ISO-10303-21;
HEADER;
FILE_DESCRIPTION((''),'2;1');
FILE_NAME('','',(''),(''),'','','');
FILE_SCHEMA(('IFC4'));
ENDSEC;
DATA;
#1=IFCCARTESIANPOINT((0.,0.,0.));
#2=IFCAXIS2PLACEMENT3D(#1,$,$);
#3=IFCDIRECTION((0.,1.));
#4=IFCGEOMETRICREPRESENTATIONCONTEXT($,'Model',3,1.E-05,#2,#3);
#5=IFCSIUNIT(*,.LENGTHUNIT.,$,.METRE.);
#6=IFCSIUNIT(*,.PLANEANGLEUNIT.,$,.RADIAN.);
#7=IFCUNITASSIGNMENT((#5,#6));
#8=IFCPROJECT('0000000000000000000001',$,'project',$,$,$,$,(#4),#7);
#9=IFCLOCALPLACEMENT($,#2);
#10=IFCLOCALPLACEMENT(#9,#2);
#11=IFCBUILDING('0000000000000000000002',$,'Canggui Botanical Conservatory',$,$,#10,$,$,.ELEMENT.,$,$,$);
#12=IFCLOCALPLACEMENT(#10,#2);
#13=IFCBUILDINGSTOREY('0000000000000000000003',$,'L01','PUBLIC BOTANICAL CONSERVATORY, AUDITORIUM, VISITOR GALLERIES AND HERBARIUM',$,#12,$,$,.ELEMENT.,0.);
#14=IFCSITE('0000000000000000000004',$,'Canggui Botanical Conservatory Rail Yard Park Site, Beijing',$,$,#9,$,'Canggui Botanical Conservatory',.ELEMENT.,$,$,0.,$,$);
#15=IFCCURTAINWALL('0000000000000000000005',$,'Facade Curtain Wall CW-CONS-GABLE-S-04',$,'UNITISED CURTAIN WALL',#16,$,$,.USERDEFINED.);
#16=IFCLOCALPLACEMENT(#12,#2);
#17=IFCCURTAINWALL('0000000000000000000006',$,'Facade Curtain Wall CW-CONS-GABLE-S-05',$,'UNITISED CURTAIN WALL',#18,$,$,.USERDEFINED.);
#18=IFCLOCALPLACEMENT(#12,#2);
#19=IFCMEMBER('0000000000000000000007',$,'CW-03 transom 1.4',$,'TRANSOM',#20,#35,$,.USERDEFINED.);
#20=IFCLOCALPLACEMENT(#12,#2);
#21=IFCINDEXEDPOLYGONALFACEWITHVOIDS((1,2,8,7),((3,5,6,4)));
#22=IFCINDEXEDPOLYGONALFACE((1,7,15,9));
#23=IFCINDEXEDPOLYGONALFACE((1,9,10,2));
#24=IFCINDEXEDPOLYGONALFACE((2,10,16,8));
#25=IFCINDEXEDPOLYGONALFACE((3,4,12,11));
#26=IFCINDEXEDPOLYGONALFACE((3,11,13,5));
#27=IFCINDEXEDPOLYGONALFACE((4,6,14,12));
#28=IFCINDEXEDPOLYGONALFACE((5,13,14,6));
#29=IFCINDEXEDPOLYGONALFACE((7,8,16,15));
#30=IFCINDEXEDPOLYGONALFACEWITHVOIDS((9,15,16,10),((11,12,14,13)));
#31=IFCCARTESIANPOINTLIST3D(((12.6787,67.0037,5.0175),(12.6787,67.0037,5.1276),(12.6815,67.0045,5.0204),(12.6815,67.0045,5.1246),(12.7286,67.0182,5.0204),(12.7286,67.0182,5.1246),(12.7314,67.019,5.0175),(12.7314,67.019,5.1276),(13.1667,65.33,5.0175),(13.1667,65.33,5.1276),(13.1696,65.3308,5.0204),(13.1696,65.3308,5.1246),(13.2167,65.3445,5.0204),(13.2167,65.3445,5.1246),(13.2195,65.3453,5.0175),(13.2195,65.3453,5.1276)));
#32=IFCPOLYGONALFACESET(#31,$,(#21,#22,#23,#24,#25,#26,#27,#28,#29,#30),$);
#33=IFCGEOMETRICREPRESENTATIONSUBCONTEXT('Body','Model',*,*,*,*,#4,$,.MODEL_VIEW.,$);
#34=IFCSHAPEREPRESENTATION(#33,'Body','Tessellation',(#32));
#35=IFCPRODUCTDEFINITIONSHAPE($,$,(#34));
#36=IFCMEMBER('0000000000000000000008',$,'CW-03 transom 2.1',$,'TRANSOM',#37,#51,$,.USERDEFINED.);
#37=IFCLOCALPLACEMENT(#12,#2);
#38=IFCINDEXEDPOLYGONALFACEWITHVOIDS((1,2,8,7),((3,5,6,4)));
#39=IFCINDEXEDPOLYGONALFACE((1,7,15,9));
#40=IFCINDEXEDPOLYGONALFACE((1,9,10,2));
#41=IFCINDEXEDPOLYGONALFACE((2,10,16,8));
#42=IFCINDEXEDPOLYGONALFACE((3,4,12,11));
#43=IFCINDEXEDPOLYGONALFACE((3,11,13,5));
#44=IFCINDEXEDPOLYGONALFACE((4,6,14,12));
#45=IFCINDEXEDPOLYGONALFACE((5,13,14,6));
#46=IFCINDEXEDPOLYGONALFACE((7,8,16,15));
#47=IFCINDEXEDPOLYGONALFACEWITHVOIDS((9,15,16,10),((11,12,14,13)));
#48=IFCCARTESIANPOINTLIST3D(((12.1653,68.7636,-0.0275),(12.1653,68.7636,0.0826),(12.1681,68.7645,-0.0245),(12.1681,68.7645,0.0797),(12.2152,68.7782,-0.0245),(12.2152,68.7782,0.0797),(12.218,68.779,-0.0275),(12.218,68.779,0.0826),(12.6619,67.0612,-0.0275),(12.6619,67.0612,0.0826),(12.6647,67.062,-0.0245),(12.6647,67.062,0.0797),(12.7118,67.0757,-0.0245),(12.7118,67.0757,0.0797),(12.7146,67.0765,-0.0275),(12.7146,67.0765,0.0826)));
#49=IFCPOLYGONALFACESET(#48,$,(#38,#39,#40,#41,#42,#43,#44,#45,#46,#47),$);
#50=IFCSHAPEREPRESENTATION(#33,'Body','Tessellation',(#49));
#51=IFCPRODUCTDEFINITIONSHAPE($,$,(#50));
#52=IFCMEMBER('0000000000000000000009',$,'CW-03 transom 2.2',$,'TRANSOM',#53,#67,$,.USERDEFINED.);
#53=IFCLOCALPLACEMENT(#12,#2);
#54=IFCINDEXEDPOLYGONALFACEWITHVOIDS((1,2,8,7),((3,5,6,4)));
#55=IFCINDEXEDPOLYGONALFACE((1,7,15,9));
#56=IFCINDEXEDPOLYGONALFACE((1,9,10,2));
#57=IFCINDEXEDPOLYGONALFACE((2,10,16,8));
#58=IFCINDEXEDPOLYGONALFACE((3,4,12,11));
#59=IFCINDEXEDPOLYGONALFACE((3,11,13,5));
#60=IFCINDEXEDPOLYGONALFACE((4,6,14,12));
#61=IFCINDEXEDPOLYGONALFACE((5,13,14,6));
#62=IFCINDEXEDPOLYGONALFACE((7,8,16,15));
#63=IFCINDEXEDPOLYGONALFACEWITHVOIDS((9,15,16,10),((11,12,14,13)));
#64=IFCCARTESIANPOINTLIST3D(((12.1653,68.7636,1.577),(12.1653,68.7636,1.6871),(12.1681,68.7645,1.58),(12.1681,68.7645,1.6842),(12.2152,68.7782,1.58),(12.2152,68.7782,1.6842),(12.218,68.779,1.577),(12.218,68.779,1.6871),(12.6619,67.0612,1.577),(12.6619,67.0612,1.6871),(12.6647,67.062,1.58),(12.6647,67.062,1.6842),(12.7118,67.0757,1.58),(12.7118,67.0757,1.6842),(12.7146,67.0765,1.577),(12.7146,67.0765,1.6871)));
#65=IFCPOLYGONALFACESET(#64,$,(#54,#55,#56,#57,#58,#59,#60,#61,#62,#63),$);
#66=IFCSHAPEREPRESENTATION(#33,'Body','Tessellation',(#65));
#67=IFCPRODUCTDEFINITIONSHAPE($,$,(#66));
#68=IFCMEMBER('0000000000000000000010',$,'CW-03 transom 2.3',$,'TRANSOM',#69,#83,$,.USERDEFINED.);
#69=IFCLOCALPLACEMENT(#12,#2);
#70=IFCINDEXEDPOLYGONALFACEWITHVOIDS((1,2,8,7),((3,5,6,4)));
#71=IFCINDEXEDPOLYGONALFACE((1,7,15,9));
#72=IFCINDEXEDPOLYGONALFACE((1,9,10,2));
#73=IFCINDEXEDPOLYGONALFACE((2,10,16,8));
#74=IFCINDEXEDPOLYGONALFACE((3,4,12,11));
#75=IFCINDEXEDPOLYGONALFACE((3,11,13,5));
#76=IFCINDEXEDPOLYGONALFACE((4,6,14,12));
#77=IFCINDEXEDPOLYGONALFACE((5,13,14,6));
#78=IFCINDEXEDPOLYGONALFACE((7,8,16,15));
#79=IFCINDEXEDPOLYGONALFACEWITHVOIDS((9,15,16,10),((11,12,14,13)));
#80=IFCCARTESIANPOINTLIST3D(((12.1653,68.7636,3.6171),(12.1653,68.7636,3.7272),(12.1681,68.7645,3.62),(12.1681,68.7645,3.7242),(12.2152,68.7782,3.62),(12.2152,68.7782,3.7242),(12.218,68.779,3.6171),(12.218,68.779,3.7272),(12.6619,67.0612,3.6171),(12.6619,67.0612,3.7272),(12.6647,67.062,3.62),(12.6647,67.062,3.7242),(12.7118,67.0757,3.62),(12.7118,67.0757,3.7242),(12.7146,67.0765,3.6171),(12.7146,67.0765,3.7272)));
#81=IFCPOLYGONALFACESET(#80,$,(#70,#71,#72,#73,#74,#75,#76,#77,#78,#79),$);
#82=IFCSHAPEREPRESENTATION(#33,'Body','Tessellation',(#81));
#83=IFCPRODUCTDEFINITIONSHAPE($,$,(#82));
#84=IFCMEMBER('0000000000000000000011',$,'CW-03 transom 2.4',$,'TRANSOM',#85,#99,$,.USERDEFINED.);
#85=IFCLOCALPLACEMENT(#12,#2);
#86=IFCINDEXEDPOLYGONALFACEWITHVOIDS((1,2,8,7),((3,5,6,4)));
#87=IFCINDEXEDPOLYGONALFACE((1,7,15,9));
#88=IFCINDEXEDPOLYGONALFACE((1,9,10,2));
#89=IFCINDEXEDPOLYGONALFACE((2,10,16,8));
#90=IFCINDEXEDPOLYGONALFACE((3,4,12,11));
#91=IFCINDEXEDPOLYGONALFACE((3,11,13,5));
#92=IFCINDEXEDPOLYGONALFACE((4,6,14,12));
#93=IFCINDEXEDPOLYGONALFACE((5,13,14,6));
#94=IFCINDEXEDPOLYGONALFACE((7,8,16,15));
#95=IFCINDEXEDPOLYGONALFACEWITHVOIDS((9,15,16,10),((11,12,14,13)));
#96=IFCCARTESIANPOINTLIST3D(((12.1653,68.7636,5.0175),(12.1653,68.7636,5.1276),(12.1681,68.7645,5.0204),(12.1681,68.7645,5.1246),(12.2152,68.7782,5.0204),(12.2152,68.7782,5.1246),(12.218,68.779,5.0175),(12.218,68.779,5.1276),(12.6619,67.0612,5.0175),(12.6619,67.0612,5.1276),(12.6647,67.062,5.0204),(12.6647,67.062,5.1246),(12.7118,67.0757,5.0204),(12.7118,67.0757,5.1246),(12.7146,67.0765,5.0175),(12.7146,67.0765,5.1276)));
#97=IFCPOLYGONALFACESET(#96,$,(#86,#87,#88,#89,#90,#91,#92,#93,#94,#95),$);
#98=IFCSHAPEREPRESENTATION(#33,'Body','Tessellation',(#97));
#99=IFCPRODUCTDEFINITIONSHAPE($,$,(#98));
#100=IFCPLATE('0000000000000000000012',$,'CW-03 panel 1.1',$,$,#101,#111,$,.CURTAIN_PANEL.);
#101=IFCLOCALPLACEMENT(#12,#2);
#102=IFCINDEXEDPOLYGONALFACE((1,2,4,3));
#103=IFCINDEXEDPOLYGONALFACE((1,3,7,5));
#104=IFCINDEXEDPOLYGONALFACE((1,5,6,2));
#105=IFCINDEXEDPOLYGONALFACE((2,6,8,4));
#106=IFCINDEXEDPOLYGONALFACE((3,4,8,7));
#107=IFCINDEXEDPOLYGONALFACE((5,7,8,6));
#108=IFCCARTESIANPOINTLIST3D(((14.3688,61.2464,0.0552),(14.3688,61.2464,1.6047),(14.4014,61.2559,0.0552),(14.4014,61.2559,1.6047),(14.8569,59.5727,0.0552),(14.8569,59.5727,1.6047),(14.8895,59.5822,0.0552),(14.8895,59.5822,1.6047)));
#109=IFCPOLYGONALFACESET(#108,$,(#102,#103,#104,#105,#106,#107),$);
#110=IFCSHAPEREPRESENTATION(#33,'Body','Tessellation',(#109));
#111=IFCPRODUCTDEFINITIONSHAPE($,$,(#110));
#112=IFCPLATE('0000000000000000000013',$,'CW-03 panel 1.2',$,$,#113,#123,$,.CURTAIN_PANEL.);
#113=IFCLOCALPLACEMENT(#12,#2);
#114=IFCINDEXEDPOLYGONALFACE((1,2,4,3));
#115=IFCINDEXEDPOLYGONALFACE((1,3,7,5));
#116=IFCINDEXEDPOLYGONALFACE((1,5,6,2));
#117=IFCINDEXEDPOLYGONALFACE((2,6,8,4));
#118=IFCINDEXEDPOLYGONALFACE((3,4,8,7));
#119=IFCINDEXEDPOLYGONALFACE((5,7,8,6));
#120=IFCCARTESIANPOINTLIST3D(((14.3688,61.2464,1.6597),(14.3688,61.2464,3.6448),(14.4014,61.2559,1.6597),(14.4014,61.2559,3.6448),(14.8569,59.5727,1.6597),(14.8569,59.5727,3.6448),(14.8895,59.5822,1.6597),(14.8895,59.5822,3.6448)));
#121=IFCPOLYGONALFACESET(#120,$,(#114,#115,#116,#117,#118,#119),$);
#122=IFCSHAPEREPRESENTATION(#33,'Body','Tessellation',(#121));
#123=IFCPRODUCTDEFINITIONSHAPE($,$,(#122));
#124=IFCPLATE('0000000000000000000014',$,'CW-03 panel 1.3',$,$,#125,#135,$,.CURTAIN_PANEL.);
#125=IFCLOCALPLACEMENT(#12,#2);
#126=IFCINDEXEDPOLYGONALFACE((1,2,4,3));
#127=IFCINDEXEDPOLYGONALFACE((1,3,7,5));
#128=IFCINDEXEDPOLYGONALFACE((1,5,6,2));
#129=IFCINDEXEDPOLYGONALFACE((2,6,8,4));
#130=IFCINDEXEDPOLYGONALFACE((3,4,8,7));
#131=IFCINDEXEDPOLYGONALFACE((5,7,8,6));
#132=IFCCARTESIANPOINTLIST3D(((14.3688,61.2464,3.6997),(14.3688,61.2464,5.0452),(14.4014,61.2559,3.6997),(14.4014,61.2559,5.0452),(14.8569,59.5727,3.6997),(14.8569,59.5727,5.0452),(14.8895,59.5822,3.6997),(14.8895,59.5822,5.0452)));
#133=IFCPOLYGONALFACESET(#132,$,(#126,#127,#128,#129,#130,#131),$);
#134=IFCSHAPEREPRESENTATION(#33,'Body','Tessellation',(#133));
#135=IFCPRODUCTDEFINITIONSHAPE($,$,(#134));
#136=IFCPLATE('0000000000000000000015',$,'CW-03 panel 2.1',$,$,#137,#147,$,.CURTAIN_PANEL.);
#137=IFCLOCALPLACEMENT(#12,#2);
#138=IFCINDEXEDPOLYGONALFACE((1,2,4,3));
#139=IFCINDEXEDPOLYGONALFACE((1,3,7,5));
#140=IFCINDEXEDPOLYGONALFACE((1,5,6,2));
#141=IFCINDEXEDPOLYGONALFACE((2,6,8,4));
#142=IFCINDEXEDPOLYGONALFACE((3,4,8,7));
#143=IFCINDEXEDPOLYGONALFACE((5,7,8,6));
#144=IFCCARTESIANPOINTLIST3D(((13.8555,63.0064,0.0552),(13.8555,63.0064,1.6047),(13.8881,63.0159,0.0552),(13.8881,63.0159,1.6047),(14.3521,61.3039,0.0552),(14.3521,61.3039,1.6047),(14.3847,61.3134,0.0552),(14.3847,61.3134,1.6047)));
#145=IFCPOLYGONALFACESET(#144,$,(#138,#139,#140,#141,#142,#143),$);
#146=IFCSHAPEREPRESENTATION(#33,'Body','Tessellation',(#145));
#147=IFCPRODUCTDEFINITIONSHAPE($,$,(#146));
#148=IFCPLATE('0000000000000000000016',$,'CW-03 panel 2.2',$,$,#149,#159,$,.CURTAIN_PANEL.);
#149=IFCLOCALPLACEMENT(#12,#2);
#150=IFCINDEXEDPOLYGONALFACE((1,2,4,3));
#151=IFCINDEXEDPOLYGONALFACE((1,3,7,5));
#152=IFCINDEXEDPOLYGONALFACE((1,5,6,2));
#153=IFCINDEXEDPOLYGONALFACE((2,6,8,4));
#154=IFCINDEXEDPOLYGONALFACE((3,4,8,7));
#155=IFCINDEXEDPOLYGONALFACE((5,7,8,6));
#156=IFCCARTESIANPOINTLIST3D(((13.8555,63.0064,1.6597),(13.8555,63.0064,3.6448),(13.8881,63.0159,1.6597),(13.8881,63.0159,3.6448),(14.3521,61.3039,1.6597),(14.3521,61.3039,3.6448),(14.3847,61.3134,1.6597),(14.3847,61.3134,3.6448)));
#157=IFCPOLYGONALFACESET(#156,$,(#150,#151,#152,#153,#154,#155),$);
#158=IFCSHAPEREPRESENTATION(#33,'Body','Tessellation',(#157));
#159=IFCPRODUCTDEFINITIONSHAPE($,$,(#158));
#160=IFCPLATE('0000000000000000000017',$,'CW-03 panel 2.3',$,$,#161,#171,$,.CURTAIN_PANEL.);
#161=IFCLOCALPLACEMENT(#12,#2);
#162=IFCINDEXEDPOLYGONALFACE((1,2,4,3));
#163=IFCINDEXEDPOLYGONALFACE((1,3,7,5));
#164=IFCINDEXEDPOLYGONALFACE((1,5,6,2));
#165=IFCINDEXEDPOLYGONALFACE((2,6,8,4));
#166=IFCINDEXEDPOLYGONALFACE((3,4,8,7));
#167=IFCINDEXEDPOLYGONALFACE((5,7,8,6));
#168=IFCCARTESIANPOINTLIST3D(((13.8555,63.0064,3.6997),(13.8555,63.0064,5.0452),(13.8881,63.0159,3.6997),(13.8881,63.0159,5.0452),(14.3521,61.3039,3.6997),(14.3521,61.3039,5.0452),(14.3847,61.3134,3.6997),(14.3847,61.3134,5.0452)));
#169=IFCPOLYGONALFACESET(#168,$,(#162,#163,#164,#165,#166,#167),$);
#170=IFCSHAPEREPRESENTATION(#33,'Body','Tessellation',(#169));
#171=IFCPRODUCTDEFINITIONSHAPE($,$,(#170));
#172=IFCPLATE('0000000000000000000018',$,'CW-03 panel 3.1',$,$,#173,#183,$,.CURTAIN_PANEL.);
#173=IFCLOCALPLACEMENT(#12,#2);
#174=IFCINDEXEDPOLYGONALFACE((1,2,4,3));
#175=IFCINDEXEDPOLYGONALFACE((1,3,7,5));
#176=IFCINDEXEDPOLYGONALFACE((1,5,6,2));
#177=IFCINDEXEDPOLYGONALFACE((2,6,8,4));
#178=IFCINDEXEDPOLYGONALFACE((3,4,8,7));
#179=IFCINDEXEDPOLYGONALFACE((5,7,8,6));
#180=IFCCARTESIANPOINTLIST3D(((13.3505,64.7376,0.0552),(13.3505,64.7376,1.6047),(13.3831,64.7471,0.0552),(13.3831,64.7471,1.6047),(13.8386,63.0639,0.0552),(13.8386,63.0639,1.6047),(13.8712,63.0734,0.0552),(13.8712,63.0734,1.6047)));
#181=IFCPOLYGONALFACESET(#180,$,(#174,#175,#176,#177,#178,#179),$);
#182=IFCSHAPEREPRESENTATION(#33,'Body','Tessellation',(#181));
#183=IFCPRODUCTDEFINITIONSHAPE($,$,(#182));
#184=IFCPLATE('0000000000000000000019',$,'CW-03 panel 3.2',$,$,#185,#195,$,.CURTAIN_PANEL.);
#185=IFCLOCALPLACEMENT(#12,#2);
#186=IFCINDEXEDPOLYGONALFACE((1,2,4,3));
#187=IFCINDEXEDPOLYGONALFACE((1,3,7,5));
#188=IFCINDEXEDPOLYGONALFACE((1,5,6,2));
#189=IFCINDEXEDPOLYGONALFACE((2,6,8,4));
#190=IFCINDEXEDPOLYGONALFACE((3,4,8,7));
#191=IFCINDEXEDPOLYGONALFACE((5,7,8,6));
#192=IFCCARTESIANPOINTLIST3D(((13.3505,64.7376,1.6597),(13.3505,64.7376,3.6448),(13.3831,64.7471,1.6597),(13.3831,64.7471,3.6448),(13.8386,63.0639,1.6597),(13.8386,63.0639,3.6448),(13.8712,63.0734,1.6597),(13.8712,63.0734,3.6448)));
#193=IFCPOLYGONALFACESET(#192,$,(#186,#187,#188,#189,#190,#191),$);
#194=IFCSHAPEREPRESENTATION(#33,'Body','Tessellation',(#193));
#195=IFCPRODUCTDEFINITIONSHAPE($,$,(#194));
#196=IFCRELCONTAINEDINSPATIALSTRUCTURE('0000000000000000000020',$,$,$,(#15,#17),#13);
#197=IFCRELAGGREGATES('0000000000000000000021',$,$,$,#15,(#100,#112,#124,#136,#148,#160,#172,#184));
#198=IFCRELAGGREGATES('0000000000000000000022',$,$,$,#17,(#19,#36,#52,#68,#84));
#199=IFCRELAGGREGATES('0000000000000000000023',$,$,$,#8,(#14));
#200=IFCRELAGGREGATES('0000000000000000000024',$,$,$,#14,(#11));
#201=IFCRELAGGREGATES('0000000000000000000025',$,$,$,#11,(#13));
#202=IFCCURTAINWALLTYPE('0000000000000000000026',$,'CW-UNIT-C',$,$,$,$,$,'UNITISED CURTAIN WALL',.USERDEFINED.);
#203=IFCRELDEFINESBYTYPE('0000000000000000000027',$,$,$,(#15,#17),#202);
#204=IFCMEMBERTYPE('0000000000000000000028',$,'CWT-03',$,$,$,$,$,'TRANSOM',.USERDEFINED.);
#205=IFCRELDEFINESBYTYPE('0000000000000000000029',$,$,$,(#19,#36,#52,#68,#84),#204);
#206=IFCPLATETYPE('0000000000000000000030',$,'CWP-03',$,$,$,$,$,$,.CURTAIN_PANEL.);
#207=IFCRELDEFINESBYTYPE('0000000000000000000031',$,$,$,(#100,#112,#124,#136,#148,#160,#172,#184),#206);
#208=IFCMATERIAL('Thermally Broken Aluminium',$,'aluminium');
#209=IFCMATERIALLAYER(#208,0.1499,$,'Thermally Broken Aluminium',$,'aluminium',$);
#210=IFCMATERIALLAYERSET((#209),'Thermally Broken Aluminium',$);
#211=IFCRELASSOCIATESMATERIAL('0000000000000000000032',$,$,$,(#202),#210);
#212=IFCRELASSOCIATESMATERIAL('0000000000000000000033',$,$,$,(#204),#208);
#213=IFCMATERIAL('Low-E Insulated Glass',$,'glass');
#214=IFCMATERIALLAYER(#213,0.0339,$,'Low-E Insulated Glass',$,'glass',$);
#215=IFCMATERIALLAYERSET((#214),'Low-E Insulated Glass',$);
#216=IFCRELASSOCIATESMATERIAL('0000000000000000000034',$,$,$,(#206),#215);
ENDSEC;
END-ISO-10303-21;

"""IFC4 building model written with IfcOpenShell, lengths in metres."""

from ifc_helpers import new_model, si_unit, direction, frame, origin, origin_2d, place, context, subcontext, project, spatial, rectangle, hollow_rectangle, extrude, material, layer, layer_set, material_profile, profile_set, type_object, element, aggregate, save


model = new_model("IFC4")

# Units and contexts
model_context = context("Model", 3, precision=1e-05, world=origin(), true_north=direction((0.0, 1.0)))
body_context = subcontext(model_context, "Body", "Model", "MODEL_VIEW")
ifc_project = project(units=[si_unit("LENGTHUNIT", "METRE"), si_unit("PLANEANGLEUNIT", "RADIAN")], contexts=[model_context])

# Site, building, storey
site_placement = place(None, origin())
site = spatial("IfcSite", under=ifc_project, at=site_placement, Name="Canggui Botanical Conservatory Rail Yard Park Site, Beijing", LongName="Canggui Botanical Conservatory", CompositionType="ELEMENT", RefElevation=0.0)
building_placement = place(site_placement, origin())
building = spatial("IfcBuilding", under=site, at=building_placement, Name="Canggui Botanical Conservatory", CompositionType="ELEMENT")
storey_placement = place(building_placement, origin())
storey = spatial("IfcBuildingStorey", under=building, at=storey_placement, Name="L01", Description="PUBLIC BOTANICAL CONSERVATORY, AUDITORIUM, VISITOR GALLERIES AND HERBARIUM", CompositionType="ELEMENT", Elevation=0.0)

# Shared definitions
ifc_material_1 = material(Name="Thermally Broken Aluminium", Category="aluminium")
ifc_layer_1 = layer(ifc_material_1, 0.1499, Name="Thermally Broken Aluminium", Category="aluminium")
ifc_layer_set_1 = layer_set([ifc_layer_1], Name="Thermally Broken Aluminium")
curtain_wall_type = type_object("IfcCurtainWallType", Name="CW-UNIT-C", ElementType="UNITISED CURTAIN WALL", PredefinedType="USERDEFINED", material=ifc_layer_set_1)

# Curtain walls
curtain_wall_1_placement = place(storey_placement, origin())
curtain_wall_1 = element("IfcCurtainWall", 1, at=curtain_wall_1_placement, inside=storey, type_object=curtain_wall_type, Name="Facade Curtain Wall CW-CONS-GABLE-S-04", ObjectType="UNITISED CURTAIN WALL", PredefinedType="USERDEFINED")
curtain_wall_2_placement = place(storey_placement, origin())
curtain_wall_2 = element("IfcCurtainWall", 2, at=curtain_wall_2_placement, inside=storey, type_object=curtain_wall_type, Name="Facade Curtain Wall CW-CONS-GABLE-S-05", ObjectType="UNITISED CURTAIN WALL", PredefinedType="USERDEFINED")

# Members
ifc_material_profile_1 = material_profile(ifc_material_1, hollow_rectangle(XDim=0.0549, YDim=0.1101, WallThickness=0.0029, at=origin_2d()), Name="CWT 55x110x3")
ifc_profile_set_1 = profile_set([ifc_material_profile_1], Name="Thermally Broken Aluminium")
member_type_1 = type_object("IfcMemberType", Name="CWT-03", ElementType="TRANSOM", PredefinedType="USERDEFINED", material=ifc_profile_set_1)
member_1_placement = place(storey_placement, frame((13.1931, 65.3376, 5.0725), z_axis=(-0.279952, 0.960014, 0.0), x_axis=(-0.960014, -0.279952, 0.0)))
member_1 = element("IfcMember", 3, at=member_1_placement, type_object=member_type_1, Name="CW-03 transom 1.4", ObjectType="TRANSOM", PredefinedType="USERDEFINED", context=body_context, shape_type="SweptSolid", body=[
    extrude(hollow_rectangle(XDim=0.0549, YDim=0.1101, WallThickness=0.0029, at=origin_2d()), origin(), (0.0, 0.0, 1.0), 1.7434),
])
member_2_placement = place(storey_placement, frame((12.6882, 67.0688, 0.0276), z_axis=(-0.280026, 0.959992, 0.0), x_axis=(-0.959992, -0.280026, 0.0)))
member_2 = element("IfcMember", 4, at=member_2_placement, type_object=member_type_1, Name="CW-03 transom 2.1", ObjectType="TRANSOM", PredefinedType="USERDEFINED", context=body_context, shape_type="SweptSolid", body=[
    extrude(hollow_rectangle(XDim=0.0549, YDim=0.1101, WallThickness=0.0029, at=origin_2d()), origin(), (0.0, 0.0, 1.0), 1.7734),
])
member_3_placement = place(storey_placement, frame((12.6882, 67.0688, 1.6321), z_axis=(-0.280026, 0.959992, 0.0), x_axis=(-0.959992, -0.280026, 0.0)))
member_3 = element("IfcMember", 5, at=member_3_placement, type_object=member_type_1, Name="CW-03 transom 2.2", ObjectType="TRANSOM", PredefinedType="USERDEFINED", context=body_context, shape_type="SweptSolid", body=[
    extrude(hollow_rectangle(XDim=0.0549, YDim=0.1101, WallThickness=0.0029, at=origin_2d()), origin(), (0.0, 0.0, 1.0), 1.7734),
])
member_4_placement = place(storey_placement, frame((12.6882, 67.0688, 3.6721), z_axis=(-0.280026, 0.959992, 0.0), x_axis=(-0.959992, -0.280026, 0.0)))
member_4 = element("IfcMember", 6, at=member_4_placement, type_object=member_type_1, Name="CW-03 transom 2.3", ObjectType="TRANSOM", PredefinedType="USERDEFINED", context=body_context, shape_type="SweptSolid", body=[
    extrude(hollow_rectangle(XDim=0.0549, YDim=0.1101, WallThickness=0.0029, at=origin_2d()), origin(), (0.0, 0.0, 1.0), 1.7734),
])
member_5_placement = place(storey_placement, frame((12.6882, 67.0688, 5.0725), z_axis=(-0.280026, 0.959992, 0.0), x_axis=(-0.959992, -0.280026, 0.0)))
member_5 = element("IfcMember", 7, at=member_5_placement, type_object=member_type_1, Name="CW-03 transom 2.4", ObjectType="TRANSOM", PredefinedType="USERDEFINED", context=body_context, shape_type="SweptSolid", body=[
    extrude(hollow_rectangle(XDim=0.0549, YDim=0.1101, WallThickness=0.0029, at=origin_2d()), origin(), (0.0, 0.0, 1.0), 1.7734),
])

# Plates
ifc_material_2 = material(Name="Low-E Insulated Glass", Category="glass")
ifc_layer_2 = layer(ifc_material_2, 0.0339, Name="Low-E Insulated Glass", Category="glass")
ifc_layer_set_2 = layer_set([ifc_layer_2], Name="Low-E Insulated Glass")
plate_type = type_object("IfcPlateType", Name="CWP-03", PredefinedType="CURTAIN_PANEL", material=ifc_layer_set_2)
plate_1_placement = place(storey_placement, frame((14.6292, 60.4143, 0.0552), z_axis=(0.0, 0.0, 1.0), x_axis=(-0.28, 0.96, 0.0)))
plate_1 = element("IfcPlate", 8, at=plate_1_placement, type_object=plate_type, Name="CW-03 panel 1.1", PredefinedType="CURTAIN_PANEL", context=body_context, shape_type="SweptSolid", body=[
    extrude(rectangle(XDim=1.7434, YDim=0.0339, at=origin_2d()), origin(), (0.0, 0.0, 1.0), 1.5496),
])
plate_2_placement = place(storey_placement, frame((14.6292, 60.4143, 1.6597), z_axis=(0.0, 0.0, 1.0), x_axis=(-0.28, 0.96, 0.0)))
plate_2 = element("IfcPlate", 9, at=plate_2_placement, type_object=plate_type, Name="CW-03 panel 1.2", PredefinedType="CURTAIN_PANEL", context=body_context, shape_type="SweptSolid", body=[
    extrude(rectangle(XDim=1.7434, YDim=0.0339, at=origin_2d()), origin(), (0.0, 0.0, 1.0), 1.9851),
])
plate_3_placement = place(storey_placement, frame((14.6292, 60.4143, 3.6997), z_axis=(0.0, 0.0, 1.0), x_axis=(-0.28, 0.96, 0.0)))
plate_3 = element("IfcPlate", 10, at=plate_3_placement, type_object=plate_type, Name="CW-03 panel 1.3", PredefinedType="CURTAIN_PANEL", context=body_context, shape_type="SweptSolid", body=[
    extrude(rectangle(XDim=1.7434, YDim=0.0339, at=origin_2d()), origin(), (0.0, 0.0, 1.0), 1.3455),
])
plate_4_placement = place(storey_placement, frame((14.1201, 62.1599, 0.0552), z_axis=(0.0, 0.0, 1.0), x_axis=(-0.28, 0.96, 0.0)))
plate_4 = element("IfcPlate", 11, at=plate_4_placement, type_object=plate_type, Name="CW-03 panel 2.1", PredefinedType="CURTAIN_PANEL", context=body_context, shape_type="SweptSolid", body=[
    extrude(rectangle(XDim=1.7734, YDim=0.0339, at=origin_2d()), origin(), (0.0, 0.0, 1.0), 1.5496),
])
plate_5_placement = place(storey_placement, frame((14.1201, 62.1599, 1.6597), z_axis=(0.0, 0.0, 1.0), x_axis=(-0.28, 0.96, 0.0)))
plate_5 = element("IfcPlate", 12, at=plate_5_placement, type_object=plate_type, Name="CW-03 panel 2.2", PredefinedType="CURTAIN_PANEL", context=body_context, shape_type="SweptSolid", body=[
    extrude(rectangle(XDim=1.7734, YDim=0.0339, at=origin_2d()), origin(), (0.0, 0.0, 1.0), 1.9851),
])
plate_6_placement = place(storey_placement, frame((14.1201, 62.1599, 3.6997), z_axis=(0.0, 0.0, 1.0), x_axis=(-0.28, 0.96, 0.0)))
plate_6 = element("IfcPlate", 13, at=plate_6_placement, type_object=plate_type, Name="CW-03 panel 2.3", PredefinedType="CURTAIN_PANEL", context=body_context, shape_type="SweptSolid", body=[
    extrude(rectangle(XDim=1.7734, YDim=0.0339, at=origin_2d()), origin(), (0.0, 0.0, 1.0), 1.3455),
])
plate_7_placement = place(storey_placement, frame((13.6108, 63.9055, 0.0552), z_axis=(0.0, 0.0, 1.0), x_axis=(-0.28, 0.96, 0.0)))
plate_7 = element("IfcPlate", 14, at=plate_7_placement, type_object=plate_type, Name="CW-03 panel 3.1", PredefinedType="CURTAIN_PANEL", context=body_context, shape_type="SweptSolid", body=[
    extrude(rectangle(XDim=1.7434, YDim=0.0339, at=origin_2d()), origin(), (0.0, 0.0, 1.0), 1.5496),
])
plate_8_placement = place(storey_placement, frame((13.6108, 63.9055, 1.6597), z_axis=(0.0, 0.0, 1.0), x_axis=(-0.28, 0.96, 0.0)))
plate_8 = element("IfcPlate", 15, at=plate_8_placement, type_object=plate_type, Name="CW-03 panel 3.2", PredefinedType="CURTAIN_PANEL", context=body_context, shape_type="SweptSolid", body=[
    extrude(rectangle(XDim=1.7434, YDim=0.0339, at=origin_2d()), origin(), (0.0, 0.0, 1.0), 1.9851),
])
aggregate(curtain_wall_1, [plate_1, plate_2, plate_3, plate_4, plate_5, plate_6, plate_7, plate_8])
aggregate(curtain_wall_2, [member_1, member_2, member_3, member_4, member_5])

save(model, "model.ifc")
